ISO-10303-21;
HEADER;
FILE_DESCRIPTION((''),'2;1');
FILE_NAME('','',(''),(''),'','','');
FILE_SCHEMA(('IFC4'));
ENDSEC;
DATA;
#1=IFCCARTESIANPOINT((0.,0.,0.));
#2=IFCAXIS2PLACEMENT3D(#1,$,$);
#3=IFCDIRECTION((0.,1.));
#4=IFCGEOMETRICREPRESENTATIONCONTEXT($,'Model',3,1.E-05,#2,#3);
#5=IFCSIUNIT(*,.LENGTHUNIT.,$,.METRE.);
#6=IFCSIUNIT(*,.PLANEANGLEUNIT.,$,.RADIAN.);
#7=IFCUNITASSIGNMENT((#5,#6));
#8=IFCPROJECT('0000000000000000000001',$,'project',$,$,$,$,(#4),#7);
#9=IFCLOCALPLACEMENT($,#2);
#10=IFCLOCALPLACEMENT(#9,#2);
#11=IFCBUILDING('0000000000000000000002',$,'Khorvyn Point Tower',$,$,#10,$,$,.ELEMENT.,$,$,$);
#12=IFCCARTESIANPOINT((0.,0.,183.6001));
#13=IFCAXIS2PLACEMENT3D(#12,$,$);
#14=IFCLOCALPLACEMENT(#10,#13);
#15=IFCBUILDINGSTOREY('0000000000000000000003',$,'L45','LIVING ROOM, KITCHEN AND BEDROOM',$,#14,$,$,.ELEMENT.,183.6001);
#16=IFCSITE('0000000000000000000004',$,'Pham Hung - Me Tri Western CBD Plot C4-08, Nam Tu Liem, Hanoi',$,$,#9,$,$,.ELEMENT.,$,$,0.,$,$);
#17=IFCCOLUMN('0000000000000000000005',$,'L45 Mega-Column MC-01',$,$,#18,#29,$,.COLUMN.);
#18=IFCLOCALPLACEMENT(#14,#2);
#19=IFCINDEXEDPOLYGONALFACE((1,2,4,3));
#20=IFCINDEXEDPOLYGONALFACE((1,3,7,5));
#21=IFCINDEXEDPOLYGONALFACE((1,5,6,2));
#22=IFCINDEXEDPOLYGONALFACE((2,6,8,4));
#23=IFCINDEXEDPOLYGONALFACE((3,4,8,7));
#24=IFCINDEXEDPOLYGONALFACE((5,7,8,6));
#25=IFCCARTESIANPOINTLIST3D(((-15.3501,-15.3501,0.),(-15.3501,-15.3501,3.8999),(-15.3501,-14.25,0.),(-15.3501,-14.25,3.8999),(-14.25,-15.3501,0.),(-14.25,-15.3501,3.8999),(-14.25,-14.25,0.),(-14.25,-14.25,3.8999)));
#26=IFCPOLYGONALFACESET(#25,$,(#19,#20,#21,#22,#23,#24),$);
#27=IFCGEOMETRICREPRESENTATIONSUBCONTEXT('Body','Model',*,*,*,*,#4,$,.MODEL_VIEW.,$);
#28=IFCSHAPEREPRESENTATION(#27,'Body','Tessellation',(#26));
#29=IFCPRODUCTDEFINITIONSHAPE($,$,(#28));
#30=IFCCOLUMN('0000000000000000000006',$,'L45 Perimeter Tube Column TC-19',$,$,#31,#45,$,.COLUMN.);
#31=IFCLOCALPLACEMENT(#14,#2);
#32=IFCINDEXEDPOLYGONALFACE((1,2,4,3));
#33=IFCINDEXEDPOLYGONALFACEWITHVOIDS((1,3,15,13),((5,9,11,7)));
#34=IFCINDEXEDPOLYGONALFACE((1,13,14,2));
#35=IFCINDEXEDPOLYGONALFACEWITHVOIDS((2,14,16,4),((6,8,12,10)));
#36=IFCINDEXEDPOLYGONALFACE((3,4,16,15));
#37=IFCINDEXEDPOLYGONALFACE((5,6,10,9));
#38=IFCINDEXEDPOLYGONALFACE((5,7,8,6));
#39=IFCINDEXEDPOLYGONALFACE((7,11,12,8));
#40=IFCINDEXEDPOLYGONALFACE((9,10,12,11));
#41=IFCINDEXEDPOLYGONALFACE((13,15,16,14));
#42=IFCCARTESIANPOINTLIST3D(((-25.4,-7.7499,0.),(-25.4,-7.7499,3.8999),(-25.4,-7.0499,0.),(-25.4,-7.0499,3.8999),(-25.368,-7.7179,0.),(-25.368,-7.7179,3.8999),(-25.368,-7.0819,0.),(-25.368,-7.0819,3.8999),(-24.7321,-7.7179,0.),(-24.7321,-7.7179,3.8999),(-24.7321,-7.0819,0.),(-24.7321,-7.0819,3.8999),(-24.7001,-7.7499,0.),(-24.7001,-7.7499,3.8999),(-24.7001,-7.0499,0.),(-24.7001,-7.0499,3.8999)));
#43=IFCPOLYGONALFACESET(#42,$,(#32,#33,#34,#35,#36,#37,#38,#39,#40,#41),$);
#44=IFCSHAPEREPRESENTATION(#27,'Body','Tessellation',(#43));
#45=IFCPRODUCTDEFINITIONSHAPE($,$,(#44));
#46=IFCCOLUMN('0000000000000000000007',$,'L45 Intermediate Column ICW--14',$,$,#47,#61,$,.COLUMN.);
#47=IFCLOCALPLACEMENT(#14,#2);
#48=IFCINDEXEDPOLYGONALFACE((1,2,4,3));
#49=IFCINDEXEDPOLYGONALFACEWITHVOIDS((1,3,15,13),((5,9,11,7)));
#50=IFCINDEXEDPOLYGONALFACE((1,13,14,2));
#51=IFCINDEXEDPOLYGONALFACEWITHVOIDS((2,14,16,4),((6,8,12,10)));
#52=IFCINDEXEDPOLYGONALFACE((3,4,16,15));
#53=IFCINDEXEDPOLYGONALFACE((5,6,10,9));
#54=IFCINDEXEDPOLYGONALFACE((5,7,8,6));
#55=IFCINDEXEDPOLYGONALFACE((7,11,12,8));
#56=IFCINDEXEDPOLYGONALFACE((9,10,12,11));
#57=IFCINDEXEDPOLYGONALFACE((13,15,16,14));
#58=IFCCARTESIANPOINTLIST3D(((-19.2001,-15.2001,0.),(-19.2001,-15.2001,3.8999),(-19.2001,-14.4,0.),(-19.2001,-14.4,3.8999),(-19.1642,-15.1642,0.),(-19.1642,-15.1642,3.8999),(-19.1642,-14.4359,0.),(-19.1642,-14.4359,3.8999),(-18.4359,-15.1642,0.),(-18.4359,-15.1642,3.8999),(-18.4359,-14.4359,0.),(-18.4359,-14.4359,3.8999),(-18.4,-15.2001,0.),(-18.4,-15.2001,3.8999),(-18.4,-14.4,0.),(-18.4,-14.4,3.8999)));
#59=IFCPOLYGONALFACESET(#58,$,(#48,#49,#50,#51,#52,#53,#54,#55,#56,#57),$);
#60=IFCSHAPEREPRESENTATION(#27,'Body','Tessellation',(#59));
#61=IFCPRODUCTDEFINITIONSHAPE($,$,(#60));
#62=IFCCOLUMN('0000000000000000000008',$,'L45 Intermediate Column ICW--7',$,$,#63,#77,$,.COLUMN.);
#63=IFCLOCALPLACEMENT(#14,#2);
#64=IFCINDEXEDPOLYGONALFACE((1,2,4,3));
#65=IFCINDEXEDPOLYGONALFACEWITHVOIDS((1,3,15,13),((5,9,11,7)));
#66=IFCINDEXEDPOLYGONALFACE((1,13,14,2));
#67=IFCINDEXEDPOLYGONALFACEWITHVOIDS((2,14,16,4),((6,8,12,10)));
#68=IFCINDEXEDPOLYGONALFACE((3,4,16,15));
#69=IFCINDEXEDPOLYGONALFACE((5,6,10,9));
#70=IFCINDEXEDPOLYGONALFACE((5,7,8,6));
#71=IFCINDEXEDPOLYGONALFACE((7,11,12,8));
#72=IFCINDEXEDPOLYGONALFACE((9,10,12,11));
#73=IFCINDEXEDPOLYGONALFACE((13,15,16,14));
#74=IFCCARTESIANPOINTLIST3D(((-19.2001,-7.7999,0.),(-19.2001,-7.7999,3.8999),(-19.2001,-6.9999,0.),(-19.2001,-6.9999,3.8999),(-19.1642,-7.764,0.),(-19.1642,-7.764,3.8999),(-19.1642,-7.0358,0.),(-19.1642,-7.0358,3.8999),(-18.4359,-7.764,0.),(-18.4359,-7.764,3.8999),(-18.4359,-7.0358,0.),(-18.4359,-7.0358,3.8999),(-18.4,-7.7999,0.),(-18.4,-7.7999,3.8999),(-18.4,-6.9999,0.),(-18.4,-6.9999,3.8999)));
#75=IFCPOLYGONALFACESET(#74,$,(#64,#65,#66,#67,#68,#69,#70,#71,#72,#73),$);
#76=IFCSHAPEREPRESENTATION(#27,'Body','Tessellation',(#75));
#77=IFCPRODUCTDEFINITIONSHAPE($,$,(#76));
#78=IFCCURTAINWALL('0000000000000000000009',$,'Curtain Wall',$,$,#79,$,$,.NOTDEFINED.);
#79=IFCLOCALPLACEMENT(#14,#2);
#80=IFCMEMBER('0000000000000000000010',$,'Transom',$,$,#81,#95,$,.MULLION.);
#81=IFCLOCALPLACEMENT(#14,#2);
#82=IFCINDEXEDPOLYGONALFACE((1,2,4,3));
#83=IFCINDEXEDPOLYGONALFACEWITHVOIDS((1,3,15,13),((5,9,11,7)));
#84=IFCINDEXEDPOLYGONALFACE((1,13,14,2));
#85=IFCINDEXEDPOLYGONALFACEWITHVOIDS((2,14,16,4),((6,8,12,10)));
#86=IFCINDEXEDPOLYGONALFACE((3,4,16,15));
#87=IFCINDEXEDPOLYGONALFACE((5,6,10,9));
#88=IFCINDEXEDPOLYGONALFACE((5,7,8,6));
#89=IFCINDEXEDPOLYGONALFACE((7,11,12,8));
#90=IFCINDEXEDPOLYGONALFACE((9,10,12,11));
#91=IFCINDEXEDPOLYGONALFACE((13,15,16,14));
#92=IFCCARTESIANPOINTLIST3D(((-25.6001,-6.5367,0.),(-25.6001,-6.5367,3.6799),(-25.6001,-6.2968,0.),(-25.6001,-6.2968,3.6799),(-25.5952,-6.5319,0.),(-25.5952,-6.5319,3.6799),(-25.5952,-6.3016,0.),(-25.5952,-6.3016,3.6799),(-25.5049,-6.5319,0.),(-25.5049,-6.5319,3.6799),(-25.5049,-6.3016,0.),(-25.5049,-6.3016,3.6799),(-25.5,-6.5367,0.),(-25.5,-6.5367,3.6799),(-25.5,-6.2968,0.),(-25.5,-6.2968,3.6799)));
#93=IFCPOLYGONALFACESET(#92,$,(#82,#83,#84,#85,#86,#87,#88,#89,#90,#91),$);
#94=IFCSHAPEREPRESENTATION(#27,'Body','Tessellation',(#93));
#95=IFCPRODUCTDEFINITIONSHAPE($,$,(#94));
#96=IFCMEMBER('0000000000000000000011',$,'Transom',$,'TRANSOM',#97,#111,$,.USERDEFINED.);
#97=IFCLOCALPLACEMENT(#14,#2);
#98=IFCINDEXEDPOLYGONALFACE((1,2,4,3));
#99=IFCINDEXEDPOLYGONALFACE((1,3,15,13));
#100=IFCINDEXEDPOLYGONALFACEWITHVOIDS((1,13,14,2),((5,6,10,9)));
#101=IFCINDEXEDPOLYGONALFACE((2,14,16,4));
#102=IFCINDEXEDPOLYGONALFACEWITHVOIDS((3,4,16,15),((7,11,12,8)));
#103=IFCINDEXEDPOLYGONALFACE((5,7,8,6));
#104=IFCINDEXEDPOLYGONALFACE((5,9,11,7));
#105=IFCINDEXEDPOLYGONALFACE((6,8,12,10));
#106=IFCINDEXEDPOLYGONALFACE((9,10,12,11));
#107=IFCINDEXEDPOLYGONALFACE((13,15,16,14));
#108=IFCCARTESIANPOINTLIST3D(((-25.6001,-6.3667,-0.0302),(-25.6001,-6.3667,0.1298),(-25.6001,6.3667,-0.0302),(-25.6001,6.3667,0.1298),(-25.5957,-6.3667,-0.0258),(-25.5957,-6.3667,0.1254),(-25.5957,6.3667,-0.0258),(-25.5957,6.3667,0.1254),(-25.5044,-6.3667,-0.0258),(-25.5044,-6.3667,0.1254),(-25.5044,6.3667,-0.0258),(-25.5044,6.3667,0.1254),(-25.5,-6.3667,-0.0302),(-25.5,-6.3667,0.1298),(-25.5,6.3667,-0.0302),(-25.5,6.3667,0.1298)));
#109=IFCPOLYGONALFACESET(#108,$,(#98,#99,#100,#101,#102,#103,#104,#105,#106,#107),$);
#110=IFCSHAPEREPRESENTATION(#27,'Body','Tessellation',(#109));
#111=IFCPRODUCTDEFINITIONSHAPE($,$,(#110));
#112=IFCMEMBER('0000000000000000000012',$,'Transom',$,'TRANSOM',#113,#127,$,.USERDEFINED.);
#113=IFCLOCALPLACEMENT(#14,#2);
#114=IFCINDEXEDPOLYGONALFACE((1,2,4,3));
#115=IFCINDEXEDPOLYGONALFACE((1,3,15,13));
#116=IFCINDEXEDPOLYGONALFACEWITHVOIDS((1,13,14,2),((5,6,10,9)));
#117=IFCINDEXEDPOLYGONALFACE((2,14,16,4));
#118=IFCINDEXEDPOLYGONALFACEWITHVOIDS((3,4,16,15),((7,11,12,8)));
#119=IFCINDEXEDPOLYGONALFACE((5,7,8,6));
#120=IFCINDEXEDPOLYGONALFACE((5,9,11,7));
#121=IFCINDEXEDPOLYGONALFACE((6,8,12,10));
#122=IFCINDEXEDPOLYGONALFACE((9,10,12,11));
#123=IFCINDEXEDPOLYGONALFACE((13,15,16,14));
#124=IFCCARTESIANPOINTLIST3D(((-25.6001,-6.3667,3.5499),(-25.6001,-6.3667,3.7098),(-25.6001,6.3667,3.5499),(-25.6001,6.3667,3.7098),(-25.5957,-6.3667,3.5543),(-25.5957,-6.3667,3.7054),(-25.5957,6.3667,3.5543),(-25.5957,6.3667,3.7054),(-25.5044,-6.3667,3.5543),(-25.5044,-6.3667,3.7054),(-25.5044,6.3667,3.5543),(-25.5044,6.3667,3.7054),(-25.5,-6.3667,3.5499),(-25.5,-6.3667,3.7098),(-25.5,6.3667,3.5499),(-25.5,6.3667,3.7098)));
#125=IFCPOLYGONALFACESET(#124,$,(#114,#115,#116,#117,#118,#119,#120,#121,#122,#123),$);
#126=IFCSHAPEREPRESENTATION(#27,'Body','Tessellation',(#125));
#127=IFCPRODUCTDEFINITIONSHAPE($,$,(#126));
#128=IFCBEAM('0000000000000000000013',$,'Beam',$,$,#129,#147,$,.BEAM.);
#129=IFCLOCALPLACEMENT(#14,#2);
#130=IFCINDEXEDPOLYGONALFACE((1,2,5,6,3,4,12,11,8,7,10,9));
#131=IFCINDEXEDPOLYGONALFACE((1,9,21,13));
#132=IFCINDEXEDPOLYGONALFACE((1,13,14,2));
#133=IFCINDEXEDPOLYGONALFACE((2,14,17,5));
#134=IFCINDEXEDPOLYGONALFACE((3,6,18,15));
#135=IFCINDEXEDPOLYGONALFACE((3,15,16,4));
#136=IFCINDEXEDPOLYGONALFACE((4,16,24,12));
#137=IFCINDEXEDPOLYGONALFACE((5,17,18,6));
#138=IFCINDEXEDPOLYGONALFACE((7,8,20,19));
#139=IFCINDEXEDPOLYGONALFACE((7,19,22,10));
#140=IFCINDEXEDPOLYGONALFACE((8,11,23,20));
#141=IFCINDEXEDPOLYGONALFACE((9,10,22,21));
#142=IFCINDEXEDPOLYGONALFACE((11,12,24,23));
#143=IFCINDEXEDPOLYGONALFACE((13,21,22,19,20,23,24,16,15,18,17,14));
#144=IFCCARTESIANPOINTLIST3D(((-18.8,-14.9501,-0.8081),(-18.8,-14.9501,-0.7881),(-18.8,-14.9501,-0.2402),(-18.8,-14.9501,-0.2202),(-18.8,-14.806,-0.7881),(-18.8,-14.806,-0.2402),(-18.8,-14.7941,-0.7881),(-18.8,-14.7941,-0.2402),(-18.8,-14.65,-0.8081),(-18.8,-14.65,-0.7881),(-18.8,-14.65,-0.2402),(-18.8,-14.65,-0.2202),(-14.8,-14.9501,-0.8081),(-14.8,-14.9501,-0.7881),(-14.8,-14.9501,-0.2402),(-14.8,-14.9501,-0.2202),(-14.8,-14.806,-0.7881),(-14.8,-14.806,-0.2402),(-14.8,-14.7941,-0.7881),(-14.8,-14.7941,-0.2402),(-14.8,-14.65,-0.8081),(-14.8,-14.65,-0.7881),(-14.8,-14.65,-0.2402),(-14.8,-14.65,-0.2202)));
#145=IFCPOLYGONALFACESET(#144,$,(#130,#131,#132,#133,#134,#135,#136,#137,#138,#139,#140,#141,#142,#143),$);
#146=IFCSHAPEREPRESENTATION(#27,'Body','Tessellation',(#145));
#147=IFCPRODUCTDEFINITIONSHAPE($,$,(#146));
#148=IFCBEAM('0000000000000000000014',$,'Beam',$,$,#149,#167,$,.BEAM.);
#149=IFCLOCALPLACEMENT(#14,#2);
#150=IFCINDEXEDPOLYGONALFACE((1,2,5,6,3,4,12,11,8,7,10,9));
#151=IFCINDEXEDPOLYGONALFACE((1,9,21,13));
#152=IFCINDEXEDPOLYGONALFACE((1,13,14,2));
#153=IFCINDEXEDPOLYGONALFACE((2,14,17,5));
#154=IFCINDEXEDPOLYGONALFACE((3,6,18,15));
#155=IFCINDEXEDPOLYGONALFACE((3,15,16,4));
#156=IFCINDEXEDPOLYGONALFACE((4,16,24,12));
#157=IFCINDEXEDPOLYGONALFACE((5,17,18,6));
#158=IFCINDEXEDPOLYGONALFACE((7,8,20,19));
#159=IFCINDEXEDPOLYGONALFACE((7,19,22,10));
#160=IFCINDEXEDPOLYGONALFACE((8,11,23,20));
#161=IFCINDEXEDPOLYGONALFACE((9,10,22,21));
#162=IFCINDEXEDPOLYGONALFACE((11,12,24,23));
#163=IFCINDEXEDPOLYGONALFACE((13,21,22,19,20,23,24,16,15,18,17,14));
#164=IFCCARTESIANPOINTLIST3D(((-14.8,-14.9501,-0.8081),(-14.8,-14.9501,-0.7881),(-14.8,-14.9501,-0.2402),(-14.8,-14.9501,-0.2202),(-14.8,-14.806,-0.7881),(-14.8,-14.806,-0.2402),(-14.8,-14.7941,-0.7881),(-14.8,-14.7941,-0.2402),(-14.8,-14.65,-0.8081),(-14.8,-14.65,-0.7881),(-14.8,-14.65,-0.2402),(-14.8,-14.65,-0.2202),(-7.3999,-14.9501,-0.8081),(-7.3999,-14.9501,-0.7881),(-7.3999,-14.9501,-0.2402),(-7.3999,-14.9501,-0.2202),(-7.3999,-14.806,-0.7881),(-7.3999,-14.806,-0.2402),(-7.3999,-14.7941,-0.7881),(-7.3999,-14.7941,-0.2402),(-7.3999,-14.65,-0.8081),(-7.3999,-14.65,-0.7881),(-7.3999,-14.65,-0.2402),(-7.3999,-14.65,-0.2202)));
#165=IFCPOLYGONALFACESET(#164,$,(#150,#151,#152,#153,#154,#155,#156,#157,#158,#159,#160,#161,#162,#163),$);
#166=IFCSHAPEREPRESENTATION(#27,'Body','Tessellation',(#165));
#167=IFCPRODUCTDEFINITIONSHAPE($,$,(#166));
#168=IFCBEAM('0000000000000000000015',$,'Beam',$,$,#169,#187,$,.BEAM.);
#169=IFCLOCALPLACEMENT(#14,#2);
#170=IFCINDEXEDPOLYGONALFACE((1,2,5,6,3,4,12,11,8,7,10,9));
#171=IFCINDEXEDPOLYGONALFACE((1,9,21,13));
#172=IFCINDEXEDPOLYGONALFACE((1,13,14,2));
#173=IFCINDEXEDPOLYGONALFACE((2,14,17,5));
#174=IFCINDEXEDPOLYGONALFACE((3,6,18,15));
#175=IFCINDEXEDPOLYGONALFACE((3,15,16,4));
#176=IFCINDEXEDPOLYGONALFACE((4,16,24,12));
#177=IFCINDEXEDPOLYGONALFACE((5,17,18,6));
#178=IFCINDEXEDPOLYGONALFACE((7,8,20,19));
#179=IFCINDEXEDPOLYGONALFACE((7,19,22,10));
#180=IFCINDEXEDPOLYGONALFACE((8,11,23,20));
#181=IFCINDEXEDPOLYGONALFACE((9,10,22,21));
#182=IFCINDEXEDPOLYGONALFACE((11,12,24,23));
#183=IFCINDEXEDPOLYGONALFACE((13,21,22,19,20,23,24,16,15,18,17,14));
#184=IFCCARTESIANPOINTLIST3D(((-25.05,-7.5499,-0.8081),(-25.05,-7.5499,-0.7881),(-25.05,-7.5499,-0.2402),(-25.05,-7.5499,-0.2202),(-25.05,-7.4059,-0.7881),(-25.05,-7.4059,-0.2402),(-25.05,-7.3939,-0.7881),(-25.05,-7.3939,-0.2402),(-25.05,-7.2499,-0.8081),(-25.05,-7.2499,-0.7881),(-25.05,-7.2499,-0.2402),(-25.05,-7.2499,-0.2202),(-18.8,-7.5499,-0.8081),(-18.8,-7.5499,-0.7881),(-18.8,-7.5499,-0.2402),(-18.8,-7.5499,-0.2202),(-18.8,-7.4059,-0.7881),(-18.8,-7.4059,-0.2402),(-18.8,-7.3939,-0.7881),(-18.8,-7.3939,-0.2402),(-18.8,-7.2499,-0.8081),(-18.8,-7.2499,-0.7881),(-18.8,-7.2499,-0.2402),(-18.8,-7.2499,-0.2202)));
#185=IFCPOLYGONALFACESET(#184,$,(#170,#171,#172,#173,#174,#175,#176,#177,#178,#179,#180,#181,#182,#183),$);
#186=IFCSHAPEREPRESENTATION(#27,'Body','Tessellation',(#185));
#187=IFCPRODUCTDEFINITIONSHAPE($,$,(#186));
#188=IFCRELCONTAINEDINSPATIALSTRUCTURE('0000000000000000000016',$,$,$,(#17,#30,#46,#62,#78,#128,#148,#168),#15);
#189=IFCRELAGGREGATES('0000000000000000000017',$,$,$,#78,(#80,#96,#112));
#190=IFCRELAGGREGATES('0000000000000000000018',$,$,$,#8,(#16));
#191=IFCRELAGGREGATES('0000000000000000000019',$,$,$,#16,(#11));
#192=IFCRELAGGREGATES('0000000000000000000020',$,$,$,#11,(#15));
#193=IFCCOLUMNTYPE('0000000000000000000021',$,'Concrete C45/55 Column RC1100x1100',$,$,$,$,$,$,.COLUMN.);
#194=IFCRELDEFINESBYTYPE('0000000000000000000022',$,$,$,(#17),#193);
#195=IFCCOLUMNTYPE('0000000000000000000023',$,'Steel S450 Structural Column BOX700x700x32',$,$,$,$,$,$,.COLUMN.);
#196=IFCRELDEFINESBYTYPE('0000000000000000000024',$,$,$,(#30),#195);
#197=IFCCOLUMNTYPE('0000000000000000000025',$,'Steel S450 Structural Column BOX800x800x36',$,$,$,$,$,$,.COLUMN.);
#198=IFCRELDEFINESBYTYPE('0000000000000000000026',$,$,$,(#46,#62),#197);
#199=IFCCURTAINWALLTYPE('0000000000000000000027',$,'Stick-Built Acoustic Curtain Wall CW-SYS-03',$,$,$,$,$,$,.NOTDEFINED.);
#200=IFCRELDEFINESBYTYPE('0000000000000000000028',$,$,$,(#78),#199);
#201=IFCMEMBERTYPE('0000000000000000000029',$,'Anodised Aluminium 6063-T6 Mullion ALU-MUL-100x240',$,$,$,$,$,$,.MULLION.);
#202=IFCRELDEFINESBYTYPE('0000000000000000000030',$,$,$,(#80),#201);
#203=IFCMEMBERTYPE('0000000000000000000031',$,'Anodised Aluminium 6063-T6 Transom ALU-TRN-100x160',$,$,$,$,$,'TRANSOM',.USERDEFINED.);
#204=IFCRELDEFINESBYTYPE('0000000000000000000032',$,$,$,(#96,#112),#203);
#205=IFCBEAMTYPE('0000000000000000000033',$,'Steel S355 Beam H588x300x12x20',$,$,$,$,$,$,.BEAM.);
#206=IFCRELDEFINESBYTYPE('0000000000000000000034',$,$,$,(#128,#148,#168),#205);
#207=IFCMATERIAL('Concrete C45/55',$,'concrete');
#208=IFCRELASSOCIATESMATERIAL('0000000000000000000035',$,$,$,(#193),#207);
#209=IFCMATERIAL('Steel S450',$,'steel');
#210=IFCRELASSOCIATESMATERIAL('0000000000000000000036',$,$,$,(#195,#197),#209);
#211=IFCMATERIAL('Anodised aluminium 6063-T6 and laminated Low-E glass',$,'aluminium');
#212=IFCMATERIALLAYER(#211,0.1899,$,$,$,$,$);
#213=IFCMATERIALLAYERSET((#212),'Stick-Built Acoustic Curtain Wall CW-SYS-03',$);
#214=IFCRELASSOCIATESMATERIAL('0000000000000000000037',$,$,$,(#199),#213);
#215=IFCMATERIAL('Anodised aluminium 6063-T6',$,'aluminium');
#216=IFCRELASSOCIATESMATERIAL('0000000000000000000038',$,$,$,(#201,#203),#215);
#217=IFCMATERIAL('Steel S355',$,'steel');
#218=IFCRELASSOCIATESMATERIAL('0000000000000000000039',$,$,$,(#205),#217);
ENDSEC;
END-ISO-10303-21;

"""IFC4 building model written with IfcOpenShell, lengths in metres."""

from ifc_helpers import new_model, si_unit, direction, frame, origin, origin_2d, place, context, subcontext, project, spatial, rectangle, hollow_rectangle, i_section, extrude, material, layer, layer_set, material_profile, profile_set, type_object, element, aggregate, save


model = new_model("IFC4")

# Units and contexts
model_context = context("Model", 3, precision=1e-05, world=origin(), true_north=direction((0.0, 1.0)))
body_context = subcontext(model_context, "Body", "Model", "MODEL_VIEW")
ifc_project = project(units=[si_unit("LENGTHUNIT", "METRE"), si_unit("PLANEANGLEUNIT", "RADIAN")], contexts=[model_context])

# Site, building, storey
site_placement = place(None, origin())
site = spatial("IfcSite", under=ifc_project, at=site_placement, Name="Pham Hung - Me Tri Western CBD Plot C4-08, Nam Tu Liem, Hanoi", CompositionType="ELEMENT", RefElevation=0.0)
building_placement = place(site_placement, origin())
building = spatial("IfcBuilding", under=site, at=building_placement, Name="Khorvyn Point Tower", CompositionType="ELEMENT")
storey_placement = place(building_placement, frame((0.0, 0.0, 183.6001)))
storey = spatial("IfcBuildingStorey", under=building, at=storey_placement, Name="L45", Description="LIVING ROOM, KITCHEN AND BEDROOM", CompositionType="ELEMENT", Elevation=183.6001)

# Columns
ifc_material_1 = material(Name="Concrete C45/55", Category="concrete")
ifc_material_profile_1 = material_profile(ifc_material_1, rectangle(XDim=1.1001, YDim=1.1001, at=origin_2d()))
ifc_profile_set_1 = profile_set([ifc_material_profile_1], Name="Concrete C45/55 RC1100x1100")
column_type_1 = type_object("IfcColumnType", Name="Concrete C45/55 Column RC1100x1100", PredefinedType="COLUMN", material=ifc_profile_set_1)
column_1_placement = place(storey_placement, frame((-14.8, -14.8, 0.0), z_axis=(0.0, 0.0, 1.0), x_axis=(1.0, 0.0, 0.0)))
element("IfcColumn", 1, at=column_1_placement, inside=storey, type_object=column_type_1, Name="L45 Mega-Column MC-01", PredefinedType="COLUMN", context=body_context, shape_type="SweptSolid", body=[
    extrude(rectangle(XDim=1.1001, YDim=1.1001, at=origin_2d()), origin(), (0.0, 0.0, 1.0), 3.8999),
])
ifc_material_2 = material(Name="Steel S450", Category="steel")
ifc_material_profile_2 = material_profile(ifc_material_2, hollow_rectangle(XDim=0.7, YDim=0.7, WallThickness=0.032, at=origin_2d()))
ifc_profile_set_2 = profile_set([ifc_material_profile_2], Name="Steel S450 BOX700x700x32")
column_type_2 = type_object("IfcColumnType", Name="Steel S450 Structural Column BOX700x700x32", PredefinedType="COLUMN", material=ifc_profile_set_2)
column_2_placement = place(storey_placement, frame((-25.05, -7.3999, 0.0), z_axis=(0.0, 0.0, 1.0), x_axis=(1.0, 0.0, 0.0)))
element("IfcColumn", 2, at=column_2_placement, inside=storey, type_object=column_type_2, Name="L45 Perimeter Tube Column TC-19", PredefinedType="COLUMN", context=body_context, shape_type="SweptSolid", body=[
    extrude(hollow_rectangle(XDim=0.7, YDim=0.7, WallThickness=0.032, at=origin_2d()), origin(), (0.0, 0.0, 1.0), 3.8999),
])
ifc_material_profile_3 = material_profile(ifc_material_2, hollow_rectangle(XDim=0.8, YDim=0.8, WallThickness=0.0359, at=origin_2d()))
ifc_profile_set_3 = profile_set([ifc_material_profile_3], Name="Steel S450 BOX800x800x36")
column_type_3 = type_object("IfcColumnType", Name="Steel S450 Structural Column BOX800x800x36", PredefinedType="COLUMN", material=ifc_profile_set_3)
for number, where, z_axis, x_axis, name in (
    (3, (-18.8, -14.8, 0.0), (0.0, 0.0, 1.0), (1.0, 0.0, 0.0), "L45 Intermediate Column ICW--14"),
    (4, (-18.8, -7.3999, 0.0), (0.0, 0.0, 1.0), (1.0, 0.0, 0.0), "L45 Intermediate Column ICW--7"),
):
    element("IfcColumn", number, at=place(storey_placement, frame(where, z_axis=z_axis, x_axis=x_axis)), inside=storey, type_object=column_type_3, Name=name, PredefinedType="COLUMN", context=body_context, shape_type="SweptSolid", body=[
        extrude(hollow_rectangle(XDim=0.8, YDim=0.8, WallThickness=0.0359, at=origin_2d()), origin(), (0.0, 0.0, 1.0), 3.8999),
    ])

# Curtain wall, members
ifc_material_3 = material(Name="Anodised aluminium 6063-T6 and laminated Low-E glass", Category="aluminium")
ifc_layer_1 = layer(ifc_material_3, 0.1899)
ifc_layer_set_1 = layer_set([ifc_layer_1], Name="Stick-Built Acoustic Curtain Wall CW-SYS-03")
curtain_wall_type = type_object("IfcCurtainWallType", Name="Stick-Built Acoustic Curtain Wall CW-SYS-03", PredefinedType="NOTDEFINED", material=ifc_layer_set_1)
curtain_wall_placement = place(storey_placement, origin())
curtain_wall = element("IfcCurtainWall", 5, at=curtain_wall_placement, inside=storey, type_object=curtain_wall_type, Name="Curtain Wall", PredefinedType="NOTDEFINED")
ifc_material_4 = material(Name="Anodised aluminium 6063-T6", Category="aluminium")
ifc_material_profile_4 = material_profile(ifc_material_4, hollow_rectangle(XDim=0.1001, YDim=0.24, WallThickness=0.0049, at=origin_2d()))
ifc_profile_set_4 = profile_set([ifc_material_profile_4], Name="Anodised aluminium 6063-T6 ALU-MUL-100x240")
member_type_1 = type_object("IfcMemberType", Name="Anodised Aluminium 6063-T6 Mullion ALU-MUL-100x240", PredefinedType="MULLION", material=ifc_profile_set_4)
member_1_placement = place(storey_placement, frame((-25.55, -6.4167, 0.0), z_axis=(0.0, 0.0, 1.0), x_axis=(-1.0, 0.0, 0.0)))
member_1 = element("IfcMember", 6, at=member_1_placement, type_object=member_type_1, Name="Transom", PredefinedType="MULLION", context=body_context, shape_type="SweptSolid", body=[
    extrude(hollow_rectangle(XDim=0.1001, YDim=0.24, WallThickness=0.0049, at=origin_2d()), origin(), (0.0, 0.0, 1.0), 3.6799),
])
ifc_material_profile_5 = material_profile(ifc_material_4, hollow_rectangle(XDim=0.1001, YDim=0.1599, WallThickness=0.0044, at=origin_2d()))
ifc_profile_set_5 = profile_set([ifc_material_profile_5], Name="Anodised aluminium 6063-T6 ALU-TRN-100x160")
member_type_2 = type_object("IfcMemberType", Name="Anodised Aluminium 6063-T6 Transom ALU-TRN-100x160", ElementType="TRANSOM", PredefinedType="USERDEFINED", material=ifc_profile_set_5)
member_2_placement = place(storey_placement, frame((-25.55, -6.3667, 0.0498), z_axis=(0.0, 1.0, 0.0), x_axis=(-1.0, 0.0, 0.0)))
member_2 = element("IfcMember", 7, at=member_2_placement, type_object=member_type_2, Name="Transom", ObjectType="TRANSOM", PredefinedType="USERDEFINED", context=body_context, shape_type="SweptSolid", body=[
    extrude(hollow_rectangle(XDim=0.1001, YDim=0.1599, WallThickness=0.0044, at=origin_2d()), origin(), (0.0, 0.0, 1.0), 12.7334),
])
member_3_placement = place(storey_placement, frame((-25.55, -6.3667, 3.6299), z_axis=(0.0, 1.0, 0.0), x_axis=(-1.0, 0.0, 0.0)))
member_3 = element("IfcMember", 8, at=member_3_placement, type_object=member_type_2, Name="Transom", ObjectType="TRANSOM", PredefinedType="USERDEFINED", context=body_context, shape_type="SweptSolid", body=[
    extrude(hollow_rectangle(XDim=0.1001, YDim=0.1599, WallThickness=0.0044, at=origin_2d()), origin(), (0.0, 0.0, 1.0), 12.7334),
])

# Beams
ifc_material_5 = material(Name="Steel S355", Category="steel")
ifc_material_profile_6 = material_profile(ifc_material_5, i_section(OverallWidth=0.3, OverallDepth=0.5879, WebThickness=0.012, FlangeThickness=0.02, at=origin_2d()))
ifc_profile_set_6 = profile_set([ifc_material_profile_6], Name="Steel S355 H588x300x12x20")
beam_type_1 = type_object("IfcBeamType", Name="Steel S355 Beam H588x300x12x20", PredefinedType="BEAM", material=ifc_profile_set_6)
beam_1_placement = place(storey_placement, frame((-18.8, -14.8, -0.5142), z_axis=(1.0, 0.0, 0.0), x_axis=(0.0, 1.0, 0.0)))
element("IfcBeam", 9, at=beam_1_placement, inside=storey, type_object=beam_type_1, Name="Beam", PredefinedType="BEAM", context=body_context, shape_type="SweptSolid", body=[
    extrude(i_section(OverallWidth=0.3, OverallDepth=0.5879, WebThickness=0.012, FlangeThickness=0.02, at=origin_2d()), origin(), (0.0, 0.0, 1.0), 4.0),
])
beam_2_placement = place(storey_placement, frame((-14.8, -14.8, -0.5142), z_axis=(1.0, 0.0, 0.0), x_axis=(0.0, 1.0, 0.0)))
element("IfcBeam", 10, at=beam_2_placement, inside=storey, type_object=beam_type_1, Name="Beam", PredefinedType="BEAM", context=body_context, shape_type="SweptSolid", body=[
    extrude(i_section(OverallWidth=0.3, OverallDepth=0.5879, WebThickness=0.012, FlangeThickness=0.02, at=origin_2d()), origin(), (0.0, 0.0, 1.0), 7.4001),
])
beam_3_placement = place(storey_placement, frame((-25.05, -7.3999, -0.5142), z_axis=(1.0, 0.0, 0.0), x_axis=(0.0, 1.0, 0.0)))
element("IfcBeam", 11, at=beam_3_placement, inside=storey, type_object=beam_type_1, Name="Beam", PredefinedType="BEAM", context=body_context, shape_type="SweptSolid", body=[
    extrude(i_section(OverallWidth=0.3, OverallDepth=0.5879, WebThickness=0.012, FlangeThickness=0.02, at=origin_2d()), origin(), (0.0, 0.0, 1.0), 6.25),
])

aggregate(curtain_wall, [member_1, member_2, member_3])

save(model, "model.ifc")
